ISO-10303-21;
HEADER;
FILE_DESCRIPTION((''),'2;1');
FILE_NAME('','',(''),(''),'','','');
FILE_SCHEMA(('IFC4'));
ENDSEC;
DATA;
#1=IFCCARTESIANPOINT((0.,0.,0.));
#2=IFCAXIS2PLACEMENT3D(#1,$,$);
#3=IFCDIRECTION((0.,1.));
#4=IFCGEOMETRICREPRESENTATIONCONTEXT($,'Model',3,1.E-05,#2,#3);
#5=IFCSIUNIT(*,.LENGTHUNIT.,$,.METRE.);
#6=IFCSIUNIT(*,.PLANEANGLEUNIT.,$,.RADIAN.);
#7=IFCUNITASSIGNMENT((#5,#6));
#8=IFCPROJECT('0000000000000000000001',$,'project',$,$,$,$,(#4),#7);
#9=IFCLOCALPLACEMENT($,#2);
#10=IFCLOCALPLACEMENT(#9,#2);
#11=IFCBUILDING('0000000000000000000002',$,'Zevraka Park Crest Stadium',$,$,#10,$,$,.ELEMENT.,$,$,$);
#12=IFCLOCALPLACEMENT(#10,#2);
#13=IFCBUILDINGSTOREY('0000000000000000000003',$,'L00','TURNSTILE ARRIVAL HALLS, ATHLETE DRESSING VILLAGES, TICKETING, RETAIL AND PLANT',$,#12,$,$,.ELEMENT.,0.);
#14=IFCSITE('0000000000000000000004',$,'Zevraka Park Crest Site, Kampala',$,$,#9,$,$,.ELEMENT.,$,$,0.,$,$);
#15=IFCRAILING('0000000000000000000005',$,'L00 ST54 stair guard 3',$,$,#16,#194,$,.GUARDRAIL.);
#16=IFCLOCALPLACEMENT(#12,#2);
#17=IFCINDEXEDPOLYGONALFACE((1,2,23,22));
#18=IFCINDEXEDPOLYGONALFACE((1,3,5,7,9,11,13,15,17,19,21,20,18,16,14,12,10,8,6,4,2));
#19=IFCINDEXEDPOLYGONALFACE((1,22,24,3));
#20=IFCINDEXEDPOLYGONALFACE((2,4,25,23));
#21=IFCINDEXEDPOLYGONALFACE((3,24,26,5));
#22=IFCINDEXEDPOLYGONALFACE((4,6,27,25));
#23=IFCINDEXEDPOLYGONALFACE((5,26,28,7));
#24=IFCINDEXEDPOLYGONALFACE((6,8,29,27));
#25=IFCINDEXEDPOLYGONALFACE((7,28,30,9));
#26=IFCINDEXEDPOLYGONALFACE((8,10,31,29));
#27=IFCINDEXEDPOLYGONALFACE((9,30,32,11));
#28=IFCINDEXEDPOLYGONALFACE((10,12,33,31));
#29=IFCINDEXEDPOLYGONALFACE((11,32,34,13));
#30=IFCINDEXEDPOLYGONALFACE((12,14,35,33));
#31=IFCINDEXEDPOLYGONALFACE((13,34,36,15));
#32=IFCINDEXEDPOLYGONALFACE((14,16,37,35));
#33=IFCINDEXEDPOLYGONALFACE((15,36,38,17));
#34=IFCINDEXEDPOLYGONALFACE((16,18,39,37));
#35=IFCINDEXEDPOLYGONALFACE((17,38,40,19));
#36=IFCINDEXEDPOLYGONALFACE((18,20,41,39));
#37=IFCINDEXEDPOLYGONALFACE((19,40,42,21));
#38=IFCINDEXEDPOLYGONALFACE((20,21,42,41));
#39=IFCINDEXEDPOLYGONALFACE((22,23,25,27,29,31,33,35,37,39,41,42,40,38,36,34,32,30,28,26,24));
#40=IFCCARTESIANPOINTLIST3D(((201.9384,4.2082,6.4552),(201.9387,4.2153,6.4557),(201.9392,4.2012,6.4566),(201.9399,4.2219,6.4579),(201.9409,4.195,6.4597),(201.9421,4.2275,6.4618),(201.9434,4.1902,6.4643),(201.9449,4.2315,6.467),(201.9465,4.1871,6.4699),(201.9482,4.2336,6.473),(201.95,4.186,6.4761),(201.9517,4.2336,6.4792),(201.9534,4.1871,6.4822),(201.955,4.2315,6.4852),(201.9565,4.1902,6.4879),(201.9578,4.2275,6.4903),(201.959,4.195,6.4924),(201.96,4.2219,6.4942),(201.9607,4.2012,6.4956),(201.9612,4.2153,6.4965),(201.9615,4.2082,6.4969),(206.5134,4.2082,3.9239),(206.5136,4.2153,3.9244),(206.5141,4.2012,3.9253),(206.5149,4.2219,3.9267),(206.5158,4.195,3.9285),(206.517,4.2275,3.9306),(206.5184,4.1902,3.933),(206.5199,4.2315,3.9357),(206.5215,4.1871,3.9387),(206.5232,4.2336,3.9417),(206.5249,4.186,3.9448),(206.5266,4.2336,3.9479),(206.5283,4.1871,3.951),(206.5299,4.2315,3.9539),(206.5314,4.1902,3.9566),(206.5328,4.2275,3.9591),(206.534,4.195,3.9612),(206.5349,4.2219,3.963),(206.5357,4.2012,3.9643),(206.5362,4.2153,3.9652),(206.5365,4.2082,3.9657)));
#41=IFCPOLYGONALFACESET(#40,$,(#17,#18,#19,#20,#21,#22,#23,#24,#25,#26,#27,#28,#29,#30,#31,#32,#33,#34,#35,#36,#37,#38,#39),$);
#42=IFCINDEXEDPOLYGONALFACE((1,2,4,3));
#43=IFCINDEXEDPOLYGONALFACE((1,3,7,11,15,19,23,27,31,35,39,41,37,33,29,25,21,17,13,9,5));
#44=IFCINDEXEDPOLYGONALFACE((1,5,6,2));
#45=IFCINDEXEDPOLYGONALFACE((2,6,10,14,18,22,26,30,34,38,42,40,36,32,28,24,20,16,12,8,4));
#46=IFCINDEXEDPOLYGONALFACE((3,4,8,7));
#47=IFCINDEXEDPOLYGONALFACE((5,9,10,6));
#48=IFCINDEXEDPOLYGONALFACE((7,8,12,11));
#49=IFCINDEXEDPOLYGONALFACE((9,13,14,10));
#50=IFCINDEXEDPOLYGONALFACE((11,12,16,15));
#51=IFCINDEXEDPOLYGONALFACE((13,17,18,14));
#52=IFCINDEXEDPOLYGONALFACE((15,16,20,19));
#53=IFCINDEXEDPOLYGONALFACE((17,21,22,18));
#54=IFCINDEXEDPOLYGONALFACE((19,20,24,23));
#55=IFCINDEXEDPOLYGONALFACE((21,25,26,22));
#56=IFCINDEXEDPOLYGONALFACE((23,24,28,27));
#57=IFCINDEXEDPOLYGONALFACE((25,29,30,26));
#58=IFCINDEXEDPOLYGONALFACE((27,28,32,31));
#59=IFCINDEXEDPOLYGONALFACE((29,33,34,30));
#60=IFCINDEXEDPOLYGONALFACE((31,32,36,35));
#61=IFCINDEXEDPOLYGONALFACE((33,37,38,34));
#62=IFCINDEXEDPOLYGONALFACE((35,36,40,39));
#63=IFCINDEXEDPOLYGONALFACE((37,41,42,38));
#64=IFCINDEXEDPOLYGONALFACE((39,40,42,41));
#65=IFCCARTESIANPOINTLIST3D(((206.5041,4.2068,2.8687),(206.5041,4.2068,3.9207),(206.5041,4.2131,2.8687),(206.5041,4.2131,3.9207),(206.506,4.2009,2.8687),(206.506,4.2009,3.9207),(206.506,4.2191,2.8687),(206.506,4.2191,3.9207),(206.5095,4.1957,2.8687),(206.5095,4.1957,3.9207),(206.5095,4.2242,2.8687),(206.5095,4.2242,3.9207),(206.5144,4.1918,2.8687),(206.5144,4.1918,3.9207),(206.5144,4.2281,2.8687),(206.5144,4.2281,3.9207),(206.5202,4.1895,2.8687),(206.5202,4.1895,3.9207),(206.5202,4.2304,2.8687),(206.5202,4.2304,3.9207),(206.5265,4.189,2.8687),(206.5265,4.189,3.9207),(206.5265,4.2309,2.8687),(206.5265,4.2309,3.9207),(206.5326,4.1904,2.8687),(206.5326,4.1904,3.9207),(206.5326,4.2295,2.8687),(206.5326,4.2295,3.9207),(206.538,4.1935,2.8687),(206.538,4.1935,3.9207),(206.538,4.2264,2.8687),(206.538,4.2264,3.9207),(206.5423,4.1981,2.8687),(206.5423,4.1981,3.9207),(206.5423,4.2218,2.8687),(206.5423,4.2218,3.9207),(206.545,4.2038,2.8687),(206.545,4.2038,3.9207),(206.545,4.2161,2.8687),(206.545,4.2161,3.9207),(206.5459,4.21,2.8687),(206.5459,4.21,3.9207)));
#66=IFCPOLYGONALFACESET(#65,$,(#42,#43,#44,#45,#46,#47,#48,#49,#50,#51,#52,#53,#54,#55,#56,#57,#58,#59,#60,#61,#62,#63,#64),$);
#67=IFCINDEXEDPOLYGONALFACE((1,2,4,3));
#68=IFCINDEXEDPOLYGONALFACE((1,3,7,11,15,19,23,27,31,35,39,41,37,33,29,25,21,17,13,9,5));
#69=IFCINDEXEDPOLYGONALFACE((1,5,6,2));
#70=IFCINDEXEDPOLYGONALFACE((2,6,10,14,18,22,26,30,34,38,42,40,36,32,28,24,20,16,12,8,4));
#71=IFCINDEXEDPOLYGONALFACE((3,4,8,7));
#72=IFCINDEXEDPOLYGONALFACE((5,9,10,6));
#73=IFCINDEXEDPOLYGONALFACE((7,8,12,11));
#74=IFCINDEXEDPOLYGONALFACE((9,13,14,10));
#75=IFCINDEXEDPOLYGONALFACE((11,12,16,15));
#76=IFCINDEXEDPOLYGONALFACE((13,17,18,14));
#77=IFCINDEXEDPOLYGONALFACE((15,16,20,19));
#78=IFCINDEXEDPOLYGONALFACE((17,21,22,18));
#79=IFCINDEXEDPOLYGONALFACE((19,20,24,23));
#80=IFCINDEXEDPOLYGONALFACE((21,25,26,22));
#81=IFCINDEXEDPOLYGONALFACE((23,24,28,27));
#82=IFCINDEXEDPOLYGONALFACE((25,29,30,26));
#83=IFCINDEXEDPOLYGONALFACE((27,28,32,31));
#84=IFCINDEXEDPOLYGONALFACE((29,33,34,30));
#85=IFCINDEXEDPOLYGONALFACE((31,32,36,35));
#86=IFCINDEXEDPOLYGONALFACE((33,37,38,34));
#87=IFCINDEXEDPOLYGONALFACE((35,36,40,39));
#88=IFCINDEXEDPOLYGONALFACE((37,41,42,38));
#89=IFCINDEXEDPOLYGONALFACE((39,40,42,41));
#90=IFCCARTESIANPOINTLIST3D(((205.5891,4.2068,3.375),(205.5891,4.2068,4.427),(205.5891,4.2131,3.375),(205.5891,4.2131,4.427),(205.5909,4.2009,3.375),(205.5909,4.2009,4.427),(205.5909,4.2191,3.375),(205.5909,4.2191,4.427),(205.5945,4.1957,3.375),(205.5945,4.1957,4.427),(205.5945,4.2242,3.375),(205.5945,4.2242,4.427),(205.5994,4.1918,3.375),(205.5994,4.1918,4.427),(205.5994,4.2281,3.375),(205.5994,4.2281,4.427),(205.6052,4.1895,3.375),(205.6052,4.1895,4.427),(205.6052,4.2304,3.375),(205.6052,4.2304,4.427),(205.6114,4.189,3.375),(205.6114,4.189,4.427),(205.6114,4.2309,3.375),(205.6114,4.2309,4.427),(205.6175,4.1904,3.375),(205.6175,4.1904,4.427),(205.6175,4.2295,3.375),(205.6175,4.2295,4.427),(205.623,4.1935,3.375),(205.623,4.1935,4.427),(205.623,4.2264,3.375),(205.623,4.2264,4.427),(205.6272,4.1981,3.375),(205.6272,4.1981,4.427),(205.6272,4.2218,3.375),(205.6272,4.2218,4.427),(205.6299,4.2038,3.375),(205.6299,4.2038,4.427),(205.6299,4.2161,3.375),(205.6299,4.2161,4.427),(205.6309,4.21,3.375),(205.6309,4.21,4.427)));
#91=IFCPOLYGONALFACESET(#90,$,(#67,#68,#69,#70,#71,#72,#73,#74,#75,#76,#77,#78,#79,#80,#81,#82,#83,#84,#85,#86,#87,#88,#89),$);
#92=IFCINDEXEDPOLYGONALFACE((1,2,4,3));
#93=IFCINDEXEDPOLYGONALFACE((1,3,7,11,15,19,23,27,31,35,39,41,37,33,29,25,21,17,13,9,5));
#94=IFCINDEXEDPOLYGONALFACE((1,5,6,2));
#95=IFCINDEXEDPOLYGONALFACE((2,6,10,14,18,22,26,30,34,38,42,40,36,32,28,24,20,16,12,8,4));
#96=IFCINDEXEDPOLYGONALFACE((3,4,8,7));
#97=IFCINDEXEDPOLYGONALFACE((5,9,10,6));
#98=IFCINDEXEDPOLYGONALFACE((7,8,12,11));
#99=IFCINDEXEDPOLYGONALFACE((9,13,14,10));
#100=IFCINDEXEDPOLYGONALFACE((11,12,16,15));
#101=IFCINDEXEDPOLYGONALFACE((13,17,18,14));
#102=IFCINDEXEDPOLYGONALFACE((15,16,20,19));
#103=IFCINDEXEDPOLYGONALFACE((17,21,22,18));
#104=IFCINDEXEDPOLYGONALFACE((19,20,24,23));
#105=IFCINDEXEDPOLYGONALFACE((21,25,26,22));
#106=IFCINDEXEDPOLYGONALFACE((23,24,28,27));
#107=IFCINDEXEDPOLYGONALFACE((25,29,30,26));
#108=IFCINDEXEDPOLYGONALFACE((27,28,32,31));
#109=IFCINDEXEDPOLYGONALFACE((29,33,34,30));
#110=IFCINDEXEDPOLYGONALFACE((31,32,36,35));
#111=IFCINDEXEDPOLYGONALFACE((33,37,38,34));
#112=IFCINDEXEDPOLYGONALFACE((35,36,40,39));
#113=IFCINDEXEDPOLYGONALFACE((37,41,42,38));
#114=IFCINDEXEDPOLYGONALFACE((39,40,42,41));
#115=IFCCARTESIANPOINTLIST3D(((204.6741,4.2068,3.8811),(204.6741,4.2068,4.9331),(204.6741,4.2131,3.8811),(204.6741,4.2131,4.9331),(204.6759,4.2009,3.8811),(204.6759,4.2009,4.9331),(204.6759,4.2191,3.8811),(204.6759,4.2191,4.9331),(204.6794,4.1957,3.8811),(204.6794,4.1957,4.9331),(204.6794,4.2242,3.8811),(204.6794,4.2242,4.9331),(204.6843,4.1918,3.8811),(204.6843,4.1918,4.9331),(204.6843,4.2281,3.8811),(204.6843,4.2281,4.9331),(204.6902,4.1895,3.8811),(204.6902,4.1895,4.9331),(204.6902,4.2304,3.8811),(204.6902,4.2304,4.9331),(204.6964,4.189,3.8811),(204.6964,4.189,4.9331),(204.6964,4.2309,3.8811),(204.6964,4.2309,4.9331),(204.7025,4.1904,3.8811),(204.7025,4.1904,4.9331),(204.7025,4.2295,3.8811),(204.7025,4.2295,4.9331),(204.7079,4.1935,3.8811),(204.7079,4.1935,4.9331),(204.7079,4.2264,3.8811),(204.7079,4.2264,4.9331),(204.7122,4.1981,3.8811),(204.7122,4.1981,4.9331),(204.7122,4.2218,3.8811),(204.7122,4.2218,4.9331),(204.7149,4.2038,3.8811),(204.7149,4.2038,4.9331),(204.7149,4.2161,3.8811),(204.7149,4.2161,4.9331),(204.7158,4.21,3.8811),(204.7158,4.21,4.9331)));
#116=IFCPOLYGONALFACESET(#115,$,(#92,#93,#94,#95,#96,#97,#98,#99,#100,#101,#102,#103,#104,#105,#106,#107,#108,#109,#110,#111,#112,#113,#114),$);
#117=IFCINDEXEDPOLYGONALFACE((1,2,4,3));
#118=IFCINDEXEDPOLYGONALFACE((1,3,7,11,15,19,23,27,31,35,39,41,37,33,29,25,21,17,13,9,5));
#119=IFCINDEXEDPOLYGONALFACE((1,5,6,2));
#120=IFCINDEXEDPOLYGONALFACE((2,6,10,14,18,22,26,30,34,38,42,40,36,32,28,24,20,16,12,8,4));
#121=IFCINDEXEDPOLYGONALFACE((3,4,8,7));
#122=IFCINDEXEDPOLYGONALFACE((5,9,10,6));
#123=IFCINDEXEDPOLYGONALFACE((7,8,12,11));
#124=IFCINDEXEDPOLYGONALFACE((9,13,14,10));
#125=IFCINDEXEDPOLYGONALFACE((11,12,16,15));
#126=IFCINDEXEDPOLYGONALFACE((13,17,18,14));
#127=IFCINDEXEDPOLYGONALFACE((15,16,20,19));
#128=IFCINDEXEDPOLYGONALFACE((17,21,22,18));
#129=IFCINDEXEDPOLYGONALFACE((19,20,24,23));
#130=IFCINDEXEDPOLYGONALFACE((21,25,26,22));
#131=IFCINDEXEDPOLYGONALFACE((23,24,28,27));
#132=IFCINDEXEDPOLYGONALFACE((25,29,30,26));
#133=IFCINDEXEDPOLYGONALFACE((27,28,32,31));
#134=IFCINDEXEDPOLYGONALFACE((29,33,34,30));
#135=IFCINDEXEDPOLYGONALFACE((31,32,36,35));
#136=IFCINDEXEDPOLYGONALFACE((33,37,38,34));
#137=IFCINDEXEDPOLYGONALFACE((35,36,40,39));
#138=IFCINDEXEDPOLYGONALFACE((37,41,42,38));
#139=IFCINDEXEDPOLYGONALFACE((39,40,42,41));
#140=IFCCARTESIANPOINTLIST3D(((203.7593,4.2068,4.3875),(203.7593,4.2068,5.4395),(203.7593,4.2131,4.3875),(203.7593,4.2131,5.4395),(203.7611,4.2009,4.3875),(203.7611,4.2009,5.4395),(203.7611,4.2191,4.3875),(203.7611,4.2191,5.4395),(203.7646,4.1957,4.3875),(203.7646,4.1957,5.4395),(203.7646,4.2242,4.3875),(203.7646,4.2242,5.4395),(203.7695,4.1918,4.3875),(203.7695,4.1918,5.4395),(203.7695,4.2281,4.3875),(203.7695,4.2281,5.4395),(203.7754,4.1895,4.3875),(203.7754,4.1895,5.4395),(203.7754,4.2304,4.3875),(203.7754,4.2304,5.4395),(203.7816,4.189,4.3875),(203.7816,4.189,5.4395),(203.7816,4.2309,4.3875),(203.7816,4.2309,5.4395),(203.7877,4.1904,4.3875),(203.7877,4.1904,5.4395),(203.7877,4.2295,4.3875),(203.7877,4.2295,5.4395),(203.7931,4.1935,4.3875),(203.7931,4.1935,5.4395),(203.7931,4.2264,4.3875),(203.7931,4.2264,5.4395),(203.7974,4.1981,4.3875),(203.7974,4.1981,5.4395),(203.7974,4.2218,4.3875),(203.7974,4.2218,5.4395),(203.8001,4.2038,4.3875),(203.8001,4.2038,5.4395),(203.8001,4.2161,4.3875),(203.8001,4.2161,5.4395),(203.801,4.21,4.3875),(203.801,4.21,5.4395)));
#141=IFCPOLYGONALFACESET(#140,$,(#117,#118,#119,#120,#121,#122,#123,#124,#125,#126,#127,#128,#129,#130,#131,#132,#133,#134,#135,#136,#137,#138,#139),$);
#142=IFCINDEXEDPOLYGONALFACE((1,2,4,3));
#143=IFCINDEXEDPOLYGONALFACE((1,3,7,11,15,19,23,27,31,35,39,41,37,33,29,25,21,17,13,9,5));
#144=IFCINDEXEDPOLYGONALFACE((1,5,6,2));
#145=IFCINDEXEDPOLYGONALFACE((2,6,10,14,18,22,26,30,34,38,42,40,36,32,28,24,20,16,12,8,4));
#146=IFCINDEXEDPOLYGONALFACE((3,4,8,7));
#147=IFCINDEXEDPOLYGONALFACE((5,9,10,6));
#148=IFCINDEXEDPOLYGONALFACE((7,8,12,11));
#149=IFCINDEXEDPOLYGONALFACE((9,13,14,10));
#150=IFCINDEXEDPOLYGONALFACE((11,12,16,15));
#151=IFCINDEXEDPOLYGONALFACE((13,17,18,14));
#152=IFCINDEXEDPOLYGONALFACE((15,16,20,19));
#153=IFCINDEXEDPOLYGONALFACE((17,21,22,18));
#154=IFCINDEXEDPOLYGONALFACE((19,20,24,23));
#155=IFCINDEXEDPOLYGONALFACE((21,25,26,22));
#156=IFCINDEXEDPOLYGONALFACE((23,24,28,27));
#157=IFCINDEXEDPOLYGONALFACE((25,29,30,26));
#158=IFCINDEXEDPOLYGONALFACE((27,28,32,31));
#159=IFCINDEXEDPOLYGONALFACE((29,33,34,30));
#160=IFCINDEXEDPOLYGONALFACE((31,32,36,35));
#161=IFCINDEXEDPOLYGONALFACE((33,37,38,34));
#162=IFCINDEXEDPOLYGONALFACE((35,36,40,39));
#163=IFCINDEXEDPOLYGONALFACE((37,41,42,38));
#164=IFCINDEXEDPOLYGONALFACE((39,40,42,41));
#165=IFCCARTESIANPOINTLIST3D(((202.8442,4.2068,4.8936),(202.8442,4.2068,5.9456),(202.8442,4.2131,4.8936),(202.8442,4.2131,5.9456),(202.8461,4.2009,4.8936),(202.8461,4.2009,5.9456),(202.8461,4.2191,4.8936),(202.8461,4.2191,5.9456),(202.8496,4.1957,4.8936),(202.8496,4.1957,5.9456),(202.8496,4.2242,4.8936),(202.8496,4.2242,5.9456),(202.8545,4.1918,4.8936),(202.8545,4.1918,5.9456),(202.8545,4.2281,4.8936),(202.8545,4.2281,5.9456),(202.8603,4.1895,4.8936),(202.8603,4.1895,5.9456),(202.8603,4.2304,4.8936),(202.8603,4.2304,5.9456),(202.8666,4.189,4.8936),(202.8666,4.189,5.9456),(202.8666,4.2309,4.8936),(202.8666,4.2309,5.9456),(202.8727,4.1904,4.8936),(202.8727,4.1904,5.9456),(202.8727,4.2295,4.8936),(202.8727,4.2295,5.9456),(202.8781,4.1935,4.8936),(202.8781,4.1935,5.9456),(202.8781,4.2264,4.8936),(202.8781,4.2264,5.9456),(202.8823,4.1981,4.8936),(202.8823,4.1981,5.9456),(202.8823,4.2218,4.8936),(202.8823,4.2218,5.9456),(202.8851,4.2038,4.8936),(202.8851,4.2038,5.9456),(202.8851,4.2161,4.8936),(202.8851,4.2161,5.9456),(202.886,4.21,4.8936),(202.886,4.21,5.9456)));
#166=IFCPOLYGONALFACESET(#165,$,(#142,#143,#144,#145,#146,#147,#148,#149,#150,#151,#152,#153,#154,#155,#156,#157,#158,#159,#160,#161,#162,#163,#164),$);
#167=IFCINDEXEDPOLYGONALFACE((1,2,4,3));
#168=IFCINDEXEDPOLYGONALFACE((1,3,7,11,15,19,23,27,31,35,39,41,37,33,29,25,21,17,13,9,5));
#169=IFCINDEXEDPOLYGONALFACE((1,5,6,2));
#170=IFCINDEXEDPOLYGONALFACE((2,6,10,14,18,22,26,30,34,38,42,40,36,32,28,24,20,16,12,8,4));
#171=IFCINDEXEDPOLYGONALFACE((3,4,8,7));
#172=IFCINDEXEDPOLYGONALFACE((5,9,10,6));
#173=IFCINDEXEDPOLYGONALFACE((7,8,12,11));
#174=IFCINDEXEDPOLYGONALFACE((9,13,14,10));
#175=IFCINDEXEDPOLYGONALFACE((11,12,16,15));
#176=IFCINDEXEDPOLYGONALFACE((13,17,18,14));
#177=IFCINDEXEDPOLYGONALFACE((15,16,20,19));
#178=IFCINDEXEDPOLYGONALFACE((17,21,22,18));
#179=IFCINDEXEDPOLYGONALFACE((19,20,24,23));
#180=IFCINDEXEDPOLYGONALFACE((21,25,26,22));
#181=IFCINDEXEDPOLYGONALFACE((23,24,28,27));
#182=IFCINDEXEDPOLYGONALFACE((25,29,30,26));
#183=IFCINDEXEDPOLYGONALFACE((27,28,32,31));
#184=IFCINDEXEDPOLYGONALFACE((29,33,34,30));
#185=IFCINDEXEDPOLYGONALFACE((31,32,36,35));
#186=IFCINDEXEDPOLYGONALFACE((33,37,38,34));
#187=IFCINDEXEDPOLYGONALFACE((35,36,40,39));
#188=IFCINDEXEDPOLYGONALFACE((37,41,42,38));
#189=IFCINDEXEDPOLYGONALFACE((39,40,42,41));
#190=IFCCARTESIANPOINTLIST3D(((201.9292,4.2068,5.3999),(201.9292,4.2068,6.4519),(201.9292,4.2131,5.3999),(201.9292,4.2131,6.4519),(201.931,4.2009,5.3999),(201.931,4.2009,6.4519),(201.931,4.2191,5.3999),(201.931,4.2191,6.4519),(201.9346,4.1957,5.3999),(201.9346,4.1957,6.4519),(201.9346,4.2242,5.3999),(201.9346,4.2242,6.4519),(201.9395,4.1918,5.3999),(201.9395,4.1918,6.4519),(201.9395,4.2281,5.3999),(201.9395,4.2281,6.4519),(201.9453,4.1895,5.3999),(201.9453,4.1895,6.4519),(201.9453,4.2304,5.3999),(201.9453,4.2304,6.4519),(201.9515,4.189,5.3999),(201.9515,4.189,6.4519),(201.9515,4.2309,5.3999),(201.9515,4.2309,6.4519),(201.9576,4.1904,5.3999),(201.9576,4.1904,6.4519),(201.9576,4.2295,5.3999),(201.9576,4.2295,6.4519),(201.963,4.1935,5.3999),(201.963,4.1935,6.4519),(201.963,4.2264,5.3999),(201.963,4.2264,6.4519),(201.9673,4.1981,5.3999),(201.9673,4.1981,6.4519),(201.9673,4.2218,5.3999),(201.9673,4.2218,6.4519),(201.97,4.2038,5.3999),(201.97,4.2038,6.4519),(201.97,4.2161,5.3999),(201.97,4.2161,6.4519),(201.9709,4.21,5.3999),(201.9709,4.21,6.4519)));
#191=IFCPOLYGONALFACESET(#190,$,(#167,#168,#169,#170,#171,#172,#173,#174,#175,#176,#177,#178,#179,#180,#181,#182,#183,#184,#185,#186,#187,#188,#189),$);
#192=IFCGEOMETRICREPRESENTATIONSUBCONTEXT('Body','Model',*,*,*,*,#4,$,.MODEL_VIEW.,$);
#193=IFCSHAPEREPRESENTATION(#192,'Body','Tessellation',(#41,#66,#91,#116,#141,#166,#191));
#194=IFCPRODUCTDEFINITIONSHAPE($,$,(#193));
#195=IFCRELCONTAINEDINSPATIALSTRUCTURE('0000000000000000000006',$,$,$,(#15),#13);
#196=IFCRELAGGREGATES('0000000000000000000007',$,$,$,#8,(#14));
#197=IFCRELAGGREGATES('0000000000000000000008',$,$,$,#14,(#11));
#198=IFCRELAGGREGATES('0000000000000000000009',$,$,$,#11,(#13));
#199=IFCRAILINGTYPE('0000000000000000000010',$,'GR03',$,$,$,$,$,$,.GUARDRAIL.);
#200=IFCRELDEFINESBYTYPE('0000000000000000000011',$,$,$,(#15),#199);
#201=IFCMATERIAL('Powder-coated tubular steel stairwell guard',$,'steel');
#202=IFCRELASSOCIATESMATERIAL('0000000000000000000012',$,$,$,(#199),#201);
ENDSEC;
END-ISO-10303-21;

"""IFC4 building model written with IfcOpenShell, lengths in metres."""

from ifc_helpers import new_model, si_unit, direction, frame, origin, origin_2d, place, context, subcontext, project, spatial, circle, extrude, material, type_object, element, save


model = new_model("IFC4")

# Units and contexts
model_context = context("Model", 3, precision=1e-05, world=origin(), true_north=direction((0.0, 1.0)))
body_context = subcontext(model_context, "Body", "Model", "MODEL_VIEW")
ifc_project = project(units=[si_unit("LENGTHUNIT", "METRE"), si_unit("PLANEANGLEUNIT", "RADIAN")], contexts=[model_context])

# Site, building, storey
site_placement = place(None, origin())
site = spatial("IfcSite", under=ifc_project, at=site_placement, Name="Zevraka Park Crest Site, Kampala", CompositionType="ELEMENT", RefElevation=0.0)
building_placement = place(site_placement, origin())
building = spatial("IfcBuilding", under=site, at=building_placement, Name="Zevraka Park Crest Stadium", CompositionType="ELEMENT")
storey_placement = place(building_placement, origin())
storey = spatial("IfcBuildingStorey", under=building, at=storey_placement, Name="L00", Description="TURNSTILE ARRIVAL HALLS, ATHLETE DRESSING VILLAGES, TICKETING, RETAIL AND PLANT", CompositionType="ELEMENT", Elevation=0.0)

# Railing
ifc_material_1 = material(Name="Powder-coated tubular steel stairwell guard", Category="steel")
railing_type_1 = type_object("IfcRailingType", Name="GR03", PredefinedType="GUARDRAIL", material=ifc_material_1)
railing_1_placement = place(storey_placement, frame((206.5249, 4.21, 2.8687)))
element("IfcRailing", 1, at=railing_1_placement, inside=storey, type_object=railing_type_1, Name="L00 ST54 stair guard 3", PredefinedType="GUARDRAIL", context=body_context, shape_type="SweptSolid", body=[
    extrude(circle(Radius=0.0239, at=origin_2d()), frame((0.0, 0.0, 1.0762), z_axis=(-0.875, 0.0, 0.484124), x_axis=(0.0, -1.0, 0.0)), (0.0, 0.0, 1.0), 5.2285),
    extrude(circle(Radius=0.021, at=origin_2d()), origin(), (0.0, 0.0, 1.0), 1.052),
    extrude(circle(Radius=0.021, at=origin_2d()), frame((-0.915, 0.0, 0.5063)), (0.0, 0.0, 1.0), 1.052),
    extrude(circle(Radius=0.021, at=origin_2d()), frame((-1.8301, 0.0, 1.0125)), (0.0, 0.0, 1.0), 1.052),
    extrude(circle(Radius=0.021, at=origin_2d()), frame((-2.7449, 0.0, 1.5188)), (0.0, 0.0, 1.0), 1.052),
    extrude(circle(Radius=0.021, at=origin_2d()), frame((-3.6599, 0.0, 2.0249)), (0.0, 0.0, 1.0), 1.052),
    extrude(circle(Radius=0.021, at=origin_2d()), frame((-4.575, 0.0, 2.5312)), (0.0, 0.0, 1.0), 1.052),
])

save(model, "model.ifc")
